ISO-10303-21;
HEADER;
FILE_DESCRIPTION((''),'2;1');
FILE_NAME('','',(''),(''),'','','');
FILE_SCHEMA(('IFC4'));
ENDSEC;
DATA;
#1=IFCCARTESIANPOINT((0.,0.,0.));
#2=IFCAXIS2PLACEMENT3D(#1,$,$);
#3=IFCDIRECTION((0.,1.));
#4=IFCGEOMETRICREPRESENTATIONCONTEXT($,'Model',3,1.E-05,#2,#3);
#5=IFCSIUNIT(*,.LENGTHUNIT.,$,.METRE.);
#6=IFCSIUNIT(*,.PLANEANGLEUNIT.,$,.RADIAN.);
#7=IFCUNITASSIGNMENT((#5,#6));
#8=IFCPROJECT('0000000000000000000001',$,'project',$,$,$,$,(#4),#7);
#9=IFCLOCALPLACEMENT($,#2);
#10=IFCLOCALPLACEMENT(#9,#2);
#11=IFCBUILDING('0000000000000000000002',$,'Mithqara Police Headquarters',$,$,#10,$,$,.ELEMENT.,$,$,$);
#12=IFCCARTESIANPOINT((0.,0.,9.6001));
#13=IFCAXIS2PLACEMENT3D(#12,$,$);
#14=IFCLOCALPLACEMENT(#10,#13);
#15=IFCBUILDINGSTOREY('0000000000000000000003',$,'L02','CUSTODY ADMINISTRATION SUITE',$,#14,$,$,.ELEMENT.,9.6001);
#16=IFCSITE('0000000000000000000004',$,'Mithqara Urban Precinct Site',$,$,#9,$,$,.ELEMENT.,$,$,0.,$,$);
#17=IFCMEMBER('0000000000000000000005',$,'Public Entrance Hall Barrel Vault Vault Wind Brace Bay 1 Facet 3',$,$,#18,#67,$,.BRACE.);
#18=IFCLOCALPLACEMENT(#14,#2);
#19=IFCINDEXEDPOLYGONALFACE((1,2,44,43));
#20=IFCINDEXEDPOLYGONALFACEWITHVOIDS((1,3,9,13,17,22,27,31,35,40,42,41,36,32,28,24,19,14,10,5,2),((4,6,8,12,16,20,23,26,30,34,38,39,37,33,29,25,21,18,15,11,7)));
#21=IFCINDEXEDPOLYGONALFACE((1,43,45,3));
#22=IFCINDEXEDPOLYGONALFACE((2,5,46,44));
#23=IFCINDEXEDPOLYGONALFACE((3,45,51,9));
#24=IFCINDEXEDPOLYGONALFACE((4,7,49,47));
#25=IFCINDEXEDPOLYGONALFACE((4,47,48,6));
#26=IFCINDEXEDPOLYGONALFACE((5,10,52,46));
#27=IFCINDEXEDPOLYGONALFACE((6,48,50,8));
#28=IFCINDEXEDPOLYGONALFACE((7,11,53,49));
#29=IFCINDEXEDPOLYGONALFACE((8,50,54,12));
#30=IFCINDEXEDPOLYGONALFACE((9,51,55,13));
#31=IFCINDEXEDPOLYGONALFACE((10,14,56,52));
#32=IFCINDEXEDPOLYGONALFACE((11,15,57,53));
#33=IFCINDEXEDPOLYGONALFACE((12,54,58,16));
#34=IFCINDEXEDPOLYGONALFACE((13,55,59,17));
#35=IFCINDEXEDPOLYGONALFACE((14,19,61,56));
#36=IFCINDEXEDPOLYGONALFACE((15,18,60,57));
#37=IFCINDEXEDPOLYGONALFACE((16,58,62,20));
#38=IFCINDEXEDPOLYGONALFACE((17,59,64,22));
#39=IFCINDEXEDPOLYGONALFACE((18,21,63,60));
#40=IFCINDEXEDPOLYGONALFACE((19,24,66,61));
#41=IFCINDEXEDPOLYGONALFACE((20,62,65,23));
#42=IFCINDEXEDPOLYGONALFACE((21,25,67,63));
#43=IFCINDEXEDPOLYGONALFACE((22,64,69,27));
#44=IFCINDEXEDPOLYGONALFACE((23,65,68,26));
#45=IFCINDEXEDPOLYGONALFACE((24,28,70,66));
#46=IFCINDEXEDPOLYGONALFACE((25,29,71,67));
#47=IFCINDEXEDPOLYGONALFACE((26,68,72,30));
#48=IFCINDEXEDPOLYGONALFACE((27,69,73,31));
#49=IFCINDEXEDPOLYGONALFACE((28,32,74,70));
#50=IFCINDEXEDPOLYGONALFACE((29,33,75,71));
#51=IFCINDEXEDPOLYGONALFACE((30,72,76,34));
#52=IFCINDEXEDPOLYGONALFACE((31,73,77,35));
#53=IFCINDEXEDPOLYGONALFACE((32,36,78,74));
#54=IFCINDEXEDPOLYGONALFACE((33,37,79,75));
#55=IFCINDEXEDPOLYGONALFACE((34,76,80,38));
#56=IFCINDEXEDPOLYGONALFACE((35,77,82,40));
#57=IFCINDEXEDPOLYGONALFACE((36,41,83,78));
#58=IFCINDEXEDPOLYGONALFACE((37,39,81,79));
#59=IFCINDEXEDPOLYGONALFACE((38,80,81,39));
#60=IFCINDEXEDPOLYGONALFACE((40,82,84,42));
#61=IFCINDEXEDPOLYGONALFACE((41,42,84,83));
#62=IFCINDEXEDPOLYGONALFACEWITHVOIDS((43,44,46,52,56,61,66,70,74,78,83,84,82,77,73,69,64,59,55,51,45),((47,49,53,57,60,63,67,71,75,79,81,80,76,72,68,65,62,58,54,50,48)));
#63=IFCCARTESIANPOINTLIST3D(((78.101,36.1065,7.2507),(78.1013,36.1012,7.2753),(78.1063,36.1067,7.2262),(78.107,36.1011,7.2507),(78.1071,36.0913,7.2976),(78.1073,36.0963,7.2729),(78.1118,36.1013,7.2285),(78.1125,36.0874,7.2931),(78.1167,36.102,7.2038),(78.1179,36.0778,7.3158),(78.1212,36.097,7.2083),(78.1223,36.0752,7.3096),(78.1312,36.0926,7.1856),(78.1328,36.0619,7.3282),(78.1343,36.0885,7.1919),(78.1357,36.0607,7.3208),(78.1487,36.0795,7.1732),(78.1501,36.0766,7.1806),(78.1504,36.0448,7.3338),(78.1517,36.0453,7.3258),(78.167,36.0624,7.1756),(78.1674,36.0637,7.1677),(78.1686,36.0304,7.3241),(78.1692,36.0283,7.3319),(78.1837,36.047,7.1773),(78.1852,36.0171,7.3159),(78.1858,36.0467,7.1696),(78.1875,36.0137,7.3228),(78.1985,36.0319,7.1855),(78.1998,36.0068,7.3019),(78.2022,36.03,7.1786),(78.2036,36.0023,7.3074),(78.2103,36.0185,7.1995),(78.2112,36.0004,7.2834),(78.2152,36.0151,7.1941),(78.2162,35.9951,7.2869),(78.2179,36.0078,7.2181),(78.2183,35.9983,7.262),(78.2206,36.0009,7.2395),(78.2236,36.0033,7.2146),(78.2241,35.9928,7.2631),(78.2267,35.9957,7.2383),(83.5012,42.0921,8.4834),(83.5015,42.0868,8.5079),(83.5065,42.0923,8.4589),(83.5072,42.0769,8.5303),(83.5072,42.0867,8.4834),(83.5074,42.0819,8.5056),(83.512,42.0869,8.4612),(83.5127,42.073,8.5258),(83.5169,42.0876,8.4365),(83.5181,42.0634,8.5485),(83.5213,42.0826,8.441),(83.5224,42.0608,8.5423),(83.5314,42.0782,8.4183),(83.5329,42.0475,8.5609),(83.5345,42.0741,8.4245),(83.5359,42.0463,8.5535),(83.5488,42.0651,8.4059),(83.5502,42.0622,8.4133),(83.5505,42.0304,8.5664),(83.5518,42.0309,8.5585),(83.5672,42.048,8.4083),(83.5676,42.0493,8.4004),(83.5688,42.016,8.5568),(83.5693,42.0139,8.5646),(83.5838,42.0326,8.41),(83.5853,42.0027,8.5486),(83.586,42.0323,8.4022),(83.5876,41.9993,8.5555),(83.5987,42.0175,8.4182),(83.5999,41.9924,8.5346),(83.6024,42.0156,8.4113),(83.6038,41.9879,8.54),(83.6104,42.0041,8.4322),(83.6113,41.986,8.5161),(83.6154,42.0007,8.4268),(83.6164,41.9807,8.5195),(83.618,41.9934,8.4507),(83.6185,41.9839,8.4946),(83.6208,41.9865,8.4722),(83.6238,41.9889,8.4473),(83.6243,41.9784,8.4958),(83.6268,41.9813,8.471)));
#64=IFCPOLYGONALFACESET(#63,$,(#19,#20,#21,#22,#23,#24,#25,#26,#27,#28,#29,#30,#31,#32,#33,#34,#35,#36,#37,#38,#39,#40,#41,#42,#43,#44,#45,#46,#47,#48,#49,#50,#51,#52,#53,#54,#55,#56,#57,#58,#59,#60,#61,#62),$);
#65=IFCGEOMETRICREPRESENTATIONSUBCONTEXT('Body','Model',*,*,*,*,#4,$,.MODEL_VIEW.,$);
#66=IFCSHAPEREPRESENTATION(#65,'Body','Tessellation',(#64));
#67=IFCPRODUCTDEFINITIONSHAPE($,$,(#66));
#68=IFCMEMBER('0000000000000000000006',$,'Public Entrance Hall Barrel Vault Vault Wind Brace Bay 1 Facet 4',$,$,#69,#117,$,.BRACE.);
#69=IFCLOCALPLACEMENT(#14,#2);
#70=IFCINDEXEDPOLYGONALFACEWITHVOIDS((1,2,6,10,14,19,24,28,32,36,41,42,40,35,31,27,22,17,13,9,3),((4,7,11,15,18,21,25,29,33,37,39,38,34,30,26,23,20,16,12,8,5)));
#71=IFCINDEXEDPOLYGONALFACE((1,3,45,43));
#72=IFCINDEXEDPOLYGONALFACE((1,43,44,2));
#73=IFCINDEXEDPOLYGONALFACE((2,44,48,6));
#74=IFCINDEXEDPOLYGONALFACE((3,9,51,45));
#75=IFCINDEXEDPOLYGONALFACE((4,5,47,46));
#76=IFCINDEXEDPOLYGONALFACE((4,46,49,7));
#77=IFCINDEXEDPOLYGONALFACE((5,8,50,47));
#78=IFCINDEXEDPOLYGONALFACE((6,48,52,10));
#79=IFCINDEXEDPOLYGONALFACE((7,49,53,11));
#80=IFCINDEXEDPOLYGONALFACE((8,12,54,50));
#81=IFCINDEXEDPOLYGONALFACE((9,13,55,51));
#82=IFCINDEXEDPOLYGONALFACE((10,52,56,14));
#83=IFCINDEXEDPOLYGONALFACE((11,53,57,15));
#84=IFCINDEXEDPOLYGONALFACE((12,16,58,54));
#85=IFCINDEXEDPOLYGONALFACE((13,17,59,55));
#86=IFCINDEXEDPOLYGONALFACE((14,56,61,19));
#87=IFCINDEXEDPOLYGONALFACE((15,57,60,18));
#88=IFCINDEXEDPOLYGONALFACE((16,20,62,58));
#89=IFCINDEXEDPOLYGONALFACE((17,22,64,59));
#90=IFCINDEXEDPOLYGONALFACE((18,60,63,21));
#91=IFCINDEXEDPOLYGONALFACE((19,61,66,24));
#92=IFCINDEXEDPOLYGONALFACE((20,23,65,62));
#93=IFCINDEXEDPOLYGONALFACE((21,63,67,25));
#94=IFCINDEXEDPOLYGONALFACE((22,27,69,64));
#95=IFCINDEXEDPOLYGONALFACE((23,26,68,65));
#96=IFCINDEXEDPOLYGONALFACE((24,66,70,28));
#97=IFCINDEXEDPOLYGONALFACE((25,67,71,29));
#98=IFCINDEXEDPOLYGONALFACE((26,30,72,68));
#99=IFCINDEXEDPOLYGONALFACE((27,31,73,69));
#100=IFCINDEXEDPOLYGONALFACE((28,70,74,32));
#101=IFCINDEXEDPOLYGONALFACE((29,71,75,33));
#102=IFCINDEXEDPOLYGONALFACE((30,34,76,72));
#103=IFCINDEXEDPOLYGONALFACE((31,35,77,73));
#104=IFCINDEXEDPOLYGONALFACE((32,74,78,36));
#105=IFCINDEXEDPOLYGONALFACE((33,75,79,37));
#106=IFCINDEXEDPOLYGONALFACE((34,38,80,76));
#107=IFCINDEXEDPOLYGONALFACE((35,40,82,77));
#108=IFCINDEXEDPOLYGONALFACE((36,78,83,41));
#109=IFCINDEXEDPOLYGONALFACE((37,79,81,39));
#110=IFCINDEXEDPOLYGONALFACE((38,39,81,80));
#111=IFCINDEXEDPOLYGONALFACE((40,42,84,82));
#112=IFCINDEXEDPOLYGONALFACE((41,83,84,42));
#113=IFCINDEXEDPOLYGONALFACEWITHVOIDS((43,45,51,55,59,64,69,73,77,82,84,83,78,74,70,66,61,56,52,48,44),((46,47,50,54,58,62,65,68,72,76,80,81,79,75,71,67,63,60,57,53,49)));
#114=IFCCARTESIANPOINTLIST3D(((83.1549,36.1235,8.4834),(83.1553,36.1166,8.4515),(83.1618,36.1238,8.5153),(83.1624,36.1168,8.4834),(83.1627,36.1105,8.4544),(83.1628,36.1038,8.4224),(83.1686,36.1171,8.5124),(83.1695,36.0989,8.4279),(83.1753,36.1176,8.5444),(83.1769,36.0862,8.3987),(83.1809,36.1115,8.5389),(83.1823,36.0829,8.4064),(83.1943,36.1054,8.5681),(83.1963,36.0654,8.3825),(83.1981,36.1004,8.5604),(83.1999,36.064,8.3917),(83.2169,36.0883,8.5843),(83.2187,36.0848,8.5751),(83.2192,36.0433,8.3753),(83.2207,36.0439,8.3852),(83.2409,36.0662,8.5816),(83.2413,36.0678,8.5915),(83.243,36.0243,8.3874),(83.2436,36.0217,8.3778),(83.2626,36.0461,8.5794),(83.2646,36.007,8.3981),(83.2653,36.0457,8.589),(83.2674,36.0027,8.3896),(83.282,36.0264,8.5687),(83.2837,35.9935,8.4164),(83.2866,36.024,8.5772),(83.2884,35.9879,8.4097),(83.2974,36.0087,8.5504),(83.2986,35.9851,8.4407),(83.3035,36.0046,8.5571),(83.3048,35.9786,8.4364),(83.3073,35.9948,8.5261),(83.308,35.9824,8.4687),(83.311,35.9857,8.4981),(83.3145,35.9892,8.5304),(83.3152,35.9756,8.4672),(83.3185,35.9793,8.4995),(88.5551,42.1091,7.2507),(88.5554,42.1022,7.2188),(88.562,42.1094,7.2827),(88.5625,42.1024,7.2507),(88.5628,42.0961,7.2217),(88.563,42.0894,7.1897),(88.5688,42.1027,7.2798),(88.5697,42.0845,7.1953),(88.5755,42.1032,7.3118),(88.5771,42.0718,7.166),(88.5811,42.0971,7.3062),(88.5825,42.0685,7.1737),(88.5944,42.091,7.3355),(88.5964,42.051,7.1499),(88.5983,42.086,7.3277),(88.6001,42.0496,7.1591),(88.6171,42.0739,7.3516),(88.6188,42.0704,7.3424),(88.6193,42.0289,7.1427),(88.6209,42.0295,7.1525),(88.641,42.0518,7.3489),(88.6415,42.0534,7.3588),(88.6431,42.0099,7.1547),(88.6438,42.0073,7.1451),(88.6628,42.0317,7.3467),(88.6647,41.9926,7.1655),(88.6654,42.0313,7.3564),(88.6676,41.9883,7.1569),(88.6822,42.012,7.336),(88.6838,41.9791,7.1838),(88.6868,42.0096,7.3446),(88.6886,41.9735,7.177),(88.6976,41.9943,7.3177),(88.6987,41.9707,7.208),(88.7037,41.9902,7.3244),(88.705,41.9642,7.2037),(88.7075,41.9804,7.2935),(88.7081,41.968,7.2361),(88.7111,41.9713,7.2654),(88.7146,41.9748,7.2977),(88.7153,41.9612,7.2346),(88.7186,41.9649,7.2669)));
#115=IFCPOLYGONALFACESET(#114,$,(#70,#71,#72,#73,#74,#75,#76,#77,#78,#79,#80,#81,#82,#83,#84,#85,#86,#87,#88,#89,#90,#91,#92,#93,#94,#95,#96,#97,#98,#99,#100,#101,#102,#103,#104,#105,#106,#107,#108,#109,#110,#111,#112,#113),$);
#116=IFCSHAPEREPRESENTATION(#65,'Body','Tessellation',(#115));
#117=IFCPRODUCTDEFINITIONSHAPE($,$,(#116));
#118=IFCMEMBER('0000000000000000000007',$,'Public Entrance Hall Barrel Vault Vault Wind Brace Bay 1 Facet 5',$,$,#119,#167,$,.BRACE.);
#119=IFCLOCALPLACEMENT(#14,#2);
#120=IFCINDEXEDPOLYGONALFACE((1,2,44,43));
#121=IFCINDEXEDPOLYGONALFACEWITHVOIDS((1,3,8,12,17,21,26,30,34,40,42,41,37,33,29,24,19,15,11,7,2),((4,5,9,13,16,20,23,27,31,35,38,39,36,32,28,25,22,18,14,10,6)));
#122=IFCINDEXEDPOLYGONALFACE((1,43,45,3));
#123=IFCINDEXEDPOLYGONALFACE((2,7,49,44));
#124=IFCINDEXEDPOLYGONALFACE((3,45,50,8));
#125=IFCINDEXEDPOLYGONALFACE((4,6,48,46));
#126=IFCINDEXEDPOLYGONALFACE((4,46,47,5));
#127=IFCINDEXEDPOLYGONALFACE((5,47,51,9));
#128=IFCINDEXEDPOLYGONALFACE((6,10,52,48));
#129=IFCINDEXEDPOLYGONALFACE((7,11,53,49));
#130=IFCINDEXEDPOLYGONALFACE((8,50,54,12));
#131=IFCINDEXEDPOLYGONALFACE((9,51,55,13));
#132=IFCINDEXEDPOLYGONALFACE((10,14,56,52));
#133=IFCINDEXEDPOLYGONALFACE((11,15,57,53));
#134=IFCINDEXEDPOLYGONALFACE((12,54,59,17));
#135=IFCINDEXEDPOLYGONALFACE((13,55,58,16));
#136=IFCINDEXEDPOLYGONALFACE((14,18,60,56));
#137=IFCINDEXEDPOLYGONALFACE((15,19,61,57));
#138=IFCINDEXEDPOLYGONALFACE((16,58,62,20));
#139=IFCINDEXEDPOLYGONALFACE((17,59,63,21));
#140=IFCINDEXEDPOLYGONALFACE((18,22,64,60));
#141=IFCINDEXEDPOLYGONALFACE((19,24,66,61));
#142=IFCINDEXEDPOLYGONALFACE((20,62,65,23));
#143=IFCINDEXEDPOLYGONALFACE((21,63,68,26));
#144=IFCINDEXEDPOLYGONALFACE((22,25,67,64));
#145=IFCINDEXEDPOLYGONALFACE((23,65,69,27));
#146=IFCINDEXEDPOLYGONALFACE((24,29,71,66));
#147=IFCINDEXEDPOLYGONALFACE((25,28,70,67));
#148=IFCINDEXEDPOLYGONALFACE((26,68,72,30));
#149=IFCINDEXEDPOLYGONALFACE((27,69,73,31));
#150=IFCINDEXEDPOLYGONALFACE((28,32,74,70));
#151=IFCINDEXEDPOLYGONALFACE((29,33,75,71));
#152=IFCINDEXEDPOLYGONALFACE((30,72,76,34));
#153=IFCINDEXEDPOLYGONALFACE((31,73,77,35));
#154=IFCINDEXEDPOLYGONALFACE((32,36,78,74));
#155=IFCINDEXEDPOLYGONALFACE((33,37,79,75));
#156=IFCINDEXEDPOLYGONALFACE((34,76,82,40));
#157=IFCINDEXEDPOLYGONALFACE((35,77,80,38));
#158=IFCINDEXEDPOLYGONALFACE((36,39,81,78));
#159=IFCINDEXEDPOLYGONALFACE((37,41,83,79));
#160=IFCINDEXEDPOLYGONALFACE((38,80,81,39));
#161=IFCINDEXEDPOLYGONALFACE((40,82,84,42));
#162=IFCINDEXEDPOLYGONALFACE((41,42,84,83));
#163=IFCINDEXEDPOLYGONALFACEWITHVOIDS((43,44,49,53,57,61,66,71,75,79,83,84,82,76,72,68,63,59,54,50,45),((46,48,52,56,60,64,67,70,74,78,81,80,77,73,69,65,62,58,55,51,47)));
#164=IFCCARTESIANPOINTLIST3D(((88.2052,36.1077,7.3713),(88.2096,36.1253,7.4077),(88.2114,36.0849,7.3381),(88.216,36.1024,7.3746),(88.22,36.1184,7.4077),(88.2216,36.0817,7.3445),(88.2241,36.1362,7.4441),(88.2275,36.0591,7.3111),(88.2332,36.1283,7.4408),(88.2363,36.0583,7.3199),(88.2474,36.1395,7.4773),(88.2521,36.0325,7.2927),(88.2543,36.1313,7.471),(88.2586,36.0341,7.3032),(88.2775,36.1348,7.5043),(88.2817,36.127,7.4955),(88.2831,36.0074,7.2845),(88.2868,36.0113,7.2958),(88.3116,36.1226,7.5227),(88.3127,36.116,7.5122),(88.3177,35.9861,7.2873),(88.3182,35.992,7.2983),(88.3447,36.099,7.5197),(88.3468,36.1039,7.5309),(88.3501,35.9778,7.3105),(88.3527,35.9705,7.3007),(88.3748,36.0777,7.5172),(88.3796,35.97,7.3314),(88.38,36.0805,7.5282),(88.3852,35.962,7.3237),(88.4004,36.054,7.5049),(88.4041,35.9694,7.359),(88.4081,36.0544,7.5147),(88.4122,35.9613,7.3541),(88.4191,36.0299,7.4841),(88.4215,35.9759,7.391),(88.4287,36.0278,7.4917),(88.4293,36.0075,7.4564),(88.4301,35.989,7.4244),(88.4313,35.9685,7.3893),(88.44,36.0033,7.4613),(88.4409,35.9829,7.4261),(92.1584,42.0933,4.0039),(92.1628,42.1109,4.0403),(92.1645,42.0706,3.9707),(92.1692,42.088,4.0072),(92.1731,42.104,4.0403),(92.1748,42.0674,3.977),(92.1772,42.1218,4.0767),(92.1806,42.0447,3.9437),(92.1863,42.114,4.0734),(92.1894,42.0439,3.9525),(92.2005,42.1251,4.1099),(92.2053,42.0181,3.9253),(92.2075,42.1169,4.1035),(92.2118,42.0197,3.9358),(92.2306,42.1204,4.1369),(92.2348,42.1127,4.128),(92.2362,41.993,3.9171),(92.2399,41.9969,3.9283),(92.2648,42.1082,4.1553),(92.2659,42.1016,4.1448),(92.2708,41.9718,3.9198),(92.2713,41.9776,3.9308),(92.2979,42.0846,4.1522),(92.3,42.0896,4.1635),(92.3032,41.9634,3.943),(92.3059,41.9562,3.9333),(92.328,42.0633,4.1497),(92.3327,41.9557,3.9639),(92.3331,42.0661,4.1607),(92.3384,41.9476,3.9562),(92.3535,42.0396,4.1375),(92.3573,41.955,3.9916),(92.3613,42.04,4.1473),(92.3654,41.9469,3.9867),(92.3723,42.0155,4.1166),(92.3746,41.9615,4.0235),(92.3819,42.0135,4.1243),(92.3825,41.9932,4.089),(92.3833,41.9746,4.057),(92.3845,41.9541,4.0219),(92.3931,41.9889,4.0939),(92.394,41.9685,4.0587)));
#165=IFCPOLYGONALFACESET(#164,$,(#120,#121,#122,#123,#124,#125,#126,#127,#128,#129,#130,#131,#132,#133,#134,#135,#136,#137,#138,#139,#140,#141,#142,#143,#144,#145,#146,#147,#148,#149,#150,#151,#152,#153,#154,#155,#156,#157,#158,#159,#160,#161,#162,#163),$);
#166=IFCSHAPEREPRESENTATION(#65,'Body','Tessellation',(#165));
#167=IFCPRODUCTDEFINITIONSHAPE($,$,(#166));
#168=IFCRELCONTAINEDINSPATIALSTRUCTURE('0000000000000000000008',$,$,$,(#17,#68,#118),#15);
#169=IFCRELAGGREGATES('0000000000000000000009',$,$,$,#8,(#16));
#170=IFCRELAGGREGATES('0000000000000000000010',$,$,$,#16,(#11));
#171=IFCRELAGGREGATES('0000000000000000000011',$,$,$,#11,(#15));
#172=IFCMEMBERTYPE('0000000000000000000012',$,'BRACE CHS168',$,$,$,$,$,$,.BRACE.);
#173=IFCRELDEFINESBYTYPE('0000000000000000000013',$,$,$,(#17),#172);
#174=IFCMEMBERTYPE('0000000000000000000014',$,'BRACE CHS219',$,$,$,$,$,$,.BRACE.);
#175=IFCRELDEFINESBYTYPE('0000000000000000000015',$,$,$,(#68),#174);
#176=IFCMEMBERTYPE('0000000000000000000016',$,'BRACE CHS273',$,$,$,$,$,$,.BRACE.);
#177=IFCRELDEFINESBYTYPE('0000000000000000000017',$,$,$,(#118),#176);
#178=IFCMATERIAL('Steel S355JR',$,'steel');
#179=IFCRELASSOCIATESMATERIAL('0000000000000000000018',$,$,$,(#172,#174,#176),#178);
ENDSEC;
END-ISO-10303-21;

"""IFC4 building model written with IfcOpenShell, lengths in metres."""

from ifc_helpers import new_model, si_unit, direction, frame, origin, origin_2d, place, context, subcontext, project, spatial, hollow_circle, extrude, material, material_profile, profile_set, type_object, element, save


model = new_model("IFC4")

# Units and contexts
model_context = context("Model", 3, precision=1e-05, world=origin(), true_north=direction((0.0, 1.0)))
body_context = subcontext(model_context, "Body", "Model", "MODEL_VIEW")
ifc_project = project(units=[si_unit("LENGTHUNIT", "METRE"), si_unit("PLANEANGLEUNIT", "RADIAN")], contexts=[model_context])

# Site, building, storey
site_placement = place(None, origin())
site = spatial("IfcSite", under=ifc_project, at=site_placement, Name="Mithqara Urban Precinct Site", CompositionType="ELEMENT", RefElevation=0.0)
building_placement = place(site_placement, origin())
building = spatial("IfcBuilding", under=site, at=building_placement, Name="Mithqara Police Headquarters", CompositionType="ELEMENT")
storey_placement = place(building_placement, frame((0.0, 0.0, 9.6001)))
storey = spatial("IfcBuildingStorey", under=building, at=storey_placement, Name="L02", Description="CUSTODY ADMINISTRATION SUITE", CompositionType="ELEMENT", Elevation=9.6001)

# Members
ifc_material_1 = material(Name="Steel S355JR", Category="steel")
ifc_material_profile_1 = material_profile(ifc_material_1, hollow_circle(Radius=0.0842, WallThickness=0.0081, at=origin_2d()), Name="CHS 168.3x8.0")
ifc_profile_set_1 = profile_set([ifc_material_profile_1], Name="Steel S355JR")
member_type_1 = type_object("IfcMemberType", Name="BRACE CHS168", PredefinedType="BRACE", material=ifc_profile_set_1)
member_1_placement = place(storey_placement, frame((78.1636, 36.05, 7.2507), z_axis=(0.662167, 0.733954, 0.15115), x_axis=(-0.742485, 0.669863, 0.0)))
element("IfcMember", 1, at=member_1_placement, inside=storey, type_object=member_type_1, Name="Public Entrance Hall Barrel Vault Vault Wind Brace Bay 1 Facet 3", PredefinedType="BRACE", context=body_context, shape_type="SweptSolid", body=[
    extrude(hollow_circle(Radius=0.0842, WallThickness=0.0081, at=origin_2d()), origin(), (0.0, 0.0, 1.0), 8.1553),
])
ifc_material_profile_2 = material_profile(ifc_material_1, hollow_circle(Radius=0.1096, WallThickness=0.01, at=origin_2d()), Name="CHS 219.1x10.0")
ifc_profile_set_2 = profile_set([ifc_material_profile_2], Name="Steel S355JR")
member_type_2 = type_object("IfcMemberType", Name="BRACE CHS219", PredefinedType="BRACE", material=ifc_profile_set_2)
member_2_placement = place(storey_placement, frame((83.2363, 36.05, 8.4834), z_axis=(0.662167, 0.733954, -0.15115), x_axis=(-0.742485, 0.669863, 0.0)))
element("IfcMember", 2, at=member_2_placement, inside=storey, type_object=member_type_2, Name="Public Entrance Hall Barrel Vault Vault Wind Brace Bay 1 Facet 4", PredefinedType="BRACE", context=body_context, shape_type="SweptSolid", body=[
    extrude(hollow_circle(Radius=0.1096, WallThickness=0.01, at=origin_2d()), origin(), (0.0, 0.0, 1.0), 8.1553),
])
ifc_material_profile_3 = material_profile(ifc_material_1, hollow_circle(Radius=0.1365, WallThickness=0.0125, at=origin_2d()), Name="CHS 273.0x12.5")
ifc_profile_set_3 = profile_set([ifc_material_profile_3], Name="Steel S355JR")
member_type_3 = type_object("IfcMemberType", Name="BRACE CHS273", PredefinedType="BRACE", material=ifc_profile_set_3)
member_3_placement = place(storey_placement, frame((88.3235, 36.05, 7.4077), z_axis=(0.498863, 0.755349, -0.424951), x_axis=(-0.834441, 0.551098, 0.0)))
element("IfcMember", 3, at=member_3_placement, inside=storey, type_object=member_type_3, Name="Public Entrance Hall Barrel Vault Vault Wind Brace Bay 1 Facet 5", PredefinedType="BRACE", context=body_context, shape_type="SweptSolid", body=[
    extrude(hollow_circle(Radius=0.1365, WallThickness=0.0125, at=origin_2d()), origin(), (0.0, 0.0, 1.0), 7.9243),
])

save(model, "model.ifc")
